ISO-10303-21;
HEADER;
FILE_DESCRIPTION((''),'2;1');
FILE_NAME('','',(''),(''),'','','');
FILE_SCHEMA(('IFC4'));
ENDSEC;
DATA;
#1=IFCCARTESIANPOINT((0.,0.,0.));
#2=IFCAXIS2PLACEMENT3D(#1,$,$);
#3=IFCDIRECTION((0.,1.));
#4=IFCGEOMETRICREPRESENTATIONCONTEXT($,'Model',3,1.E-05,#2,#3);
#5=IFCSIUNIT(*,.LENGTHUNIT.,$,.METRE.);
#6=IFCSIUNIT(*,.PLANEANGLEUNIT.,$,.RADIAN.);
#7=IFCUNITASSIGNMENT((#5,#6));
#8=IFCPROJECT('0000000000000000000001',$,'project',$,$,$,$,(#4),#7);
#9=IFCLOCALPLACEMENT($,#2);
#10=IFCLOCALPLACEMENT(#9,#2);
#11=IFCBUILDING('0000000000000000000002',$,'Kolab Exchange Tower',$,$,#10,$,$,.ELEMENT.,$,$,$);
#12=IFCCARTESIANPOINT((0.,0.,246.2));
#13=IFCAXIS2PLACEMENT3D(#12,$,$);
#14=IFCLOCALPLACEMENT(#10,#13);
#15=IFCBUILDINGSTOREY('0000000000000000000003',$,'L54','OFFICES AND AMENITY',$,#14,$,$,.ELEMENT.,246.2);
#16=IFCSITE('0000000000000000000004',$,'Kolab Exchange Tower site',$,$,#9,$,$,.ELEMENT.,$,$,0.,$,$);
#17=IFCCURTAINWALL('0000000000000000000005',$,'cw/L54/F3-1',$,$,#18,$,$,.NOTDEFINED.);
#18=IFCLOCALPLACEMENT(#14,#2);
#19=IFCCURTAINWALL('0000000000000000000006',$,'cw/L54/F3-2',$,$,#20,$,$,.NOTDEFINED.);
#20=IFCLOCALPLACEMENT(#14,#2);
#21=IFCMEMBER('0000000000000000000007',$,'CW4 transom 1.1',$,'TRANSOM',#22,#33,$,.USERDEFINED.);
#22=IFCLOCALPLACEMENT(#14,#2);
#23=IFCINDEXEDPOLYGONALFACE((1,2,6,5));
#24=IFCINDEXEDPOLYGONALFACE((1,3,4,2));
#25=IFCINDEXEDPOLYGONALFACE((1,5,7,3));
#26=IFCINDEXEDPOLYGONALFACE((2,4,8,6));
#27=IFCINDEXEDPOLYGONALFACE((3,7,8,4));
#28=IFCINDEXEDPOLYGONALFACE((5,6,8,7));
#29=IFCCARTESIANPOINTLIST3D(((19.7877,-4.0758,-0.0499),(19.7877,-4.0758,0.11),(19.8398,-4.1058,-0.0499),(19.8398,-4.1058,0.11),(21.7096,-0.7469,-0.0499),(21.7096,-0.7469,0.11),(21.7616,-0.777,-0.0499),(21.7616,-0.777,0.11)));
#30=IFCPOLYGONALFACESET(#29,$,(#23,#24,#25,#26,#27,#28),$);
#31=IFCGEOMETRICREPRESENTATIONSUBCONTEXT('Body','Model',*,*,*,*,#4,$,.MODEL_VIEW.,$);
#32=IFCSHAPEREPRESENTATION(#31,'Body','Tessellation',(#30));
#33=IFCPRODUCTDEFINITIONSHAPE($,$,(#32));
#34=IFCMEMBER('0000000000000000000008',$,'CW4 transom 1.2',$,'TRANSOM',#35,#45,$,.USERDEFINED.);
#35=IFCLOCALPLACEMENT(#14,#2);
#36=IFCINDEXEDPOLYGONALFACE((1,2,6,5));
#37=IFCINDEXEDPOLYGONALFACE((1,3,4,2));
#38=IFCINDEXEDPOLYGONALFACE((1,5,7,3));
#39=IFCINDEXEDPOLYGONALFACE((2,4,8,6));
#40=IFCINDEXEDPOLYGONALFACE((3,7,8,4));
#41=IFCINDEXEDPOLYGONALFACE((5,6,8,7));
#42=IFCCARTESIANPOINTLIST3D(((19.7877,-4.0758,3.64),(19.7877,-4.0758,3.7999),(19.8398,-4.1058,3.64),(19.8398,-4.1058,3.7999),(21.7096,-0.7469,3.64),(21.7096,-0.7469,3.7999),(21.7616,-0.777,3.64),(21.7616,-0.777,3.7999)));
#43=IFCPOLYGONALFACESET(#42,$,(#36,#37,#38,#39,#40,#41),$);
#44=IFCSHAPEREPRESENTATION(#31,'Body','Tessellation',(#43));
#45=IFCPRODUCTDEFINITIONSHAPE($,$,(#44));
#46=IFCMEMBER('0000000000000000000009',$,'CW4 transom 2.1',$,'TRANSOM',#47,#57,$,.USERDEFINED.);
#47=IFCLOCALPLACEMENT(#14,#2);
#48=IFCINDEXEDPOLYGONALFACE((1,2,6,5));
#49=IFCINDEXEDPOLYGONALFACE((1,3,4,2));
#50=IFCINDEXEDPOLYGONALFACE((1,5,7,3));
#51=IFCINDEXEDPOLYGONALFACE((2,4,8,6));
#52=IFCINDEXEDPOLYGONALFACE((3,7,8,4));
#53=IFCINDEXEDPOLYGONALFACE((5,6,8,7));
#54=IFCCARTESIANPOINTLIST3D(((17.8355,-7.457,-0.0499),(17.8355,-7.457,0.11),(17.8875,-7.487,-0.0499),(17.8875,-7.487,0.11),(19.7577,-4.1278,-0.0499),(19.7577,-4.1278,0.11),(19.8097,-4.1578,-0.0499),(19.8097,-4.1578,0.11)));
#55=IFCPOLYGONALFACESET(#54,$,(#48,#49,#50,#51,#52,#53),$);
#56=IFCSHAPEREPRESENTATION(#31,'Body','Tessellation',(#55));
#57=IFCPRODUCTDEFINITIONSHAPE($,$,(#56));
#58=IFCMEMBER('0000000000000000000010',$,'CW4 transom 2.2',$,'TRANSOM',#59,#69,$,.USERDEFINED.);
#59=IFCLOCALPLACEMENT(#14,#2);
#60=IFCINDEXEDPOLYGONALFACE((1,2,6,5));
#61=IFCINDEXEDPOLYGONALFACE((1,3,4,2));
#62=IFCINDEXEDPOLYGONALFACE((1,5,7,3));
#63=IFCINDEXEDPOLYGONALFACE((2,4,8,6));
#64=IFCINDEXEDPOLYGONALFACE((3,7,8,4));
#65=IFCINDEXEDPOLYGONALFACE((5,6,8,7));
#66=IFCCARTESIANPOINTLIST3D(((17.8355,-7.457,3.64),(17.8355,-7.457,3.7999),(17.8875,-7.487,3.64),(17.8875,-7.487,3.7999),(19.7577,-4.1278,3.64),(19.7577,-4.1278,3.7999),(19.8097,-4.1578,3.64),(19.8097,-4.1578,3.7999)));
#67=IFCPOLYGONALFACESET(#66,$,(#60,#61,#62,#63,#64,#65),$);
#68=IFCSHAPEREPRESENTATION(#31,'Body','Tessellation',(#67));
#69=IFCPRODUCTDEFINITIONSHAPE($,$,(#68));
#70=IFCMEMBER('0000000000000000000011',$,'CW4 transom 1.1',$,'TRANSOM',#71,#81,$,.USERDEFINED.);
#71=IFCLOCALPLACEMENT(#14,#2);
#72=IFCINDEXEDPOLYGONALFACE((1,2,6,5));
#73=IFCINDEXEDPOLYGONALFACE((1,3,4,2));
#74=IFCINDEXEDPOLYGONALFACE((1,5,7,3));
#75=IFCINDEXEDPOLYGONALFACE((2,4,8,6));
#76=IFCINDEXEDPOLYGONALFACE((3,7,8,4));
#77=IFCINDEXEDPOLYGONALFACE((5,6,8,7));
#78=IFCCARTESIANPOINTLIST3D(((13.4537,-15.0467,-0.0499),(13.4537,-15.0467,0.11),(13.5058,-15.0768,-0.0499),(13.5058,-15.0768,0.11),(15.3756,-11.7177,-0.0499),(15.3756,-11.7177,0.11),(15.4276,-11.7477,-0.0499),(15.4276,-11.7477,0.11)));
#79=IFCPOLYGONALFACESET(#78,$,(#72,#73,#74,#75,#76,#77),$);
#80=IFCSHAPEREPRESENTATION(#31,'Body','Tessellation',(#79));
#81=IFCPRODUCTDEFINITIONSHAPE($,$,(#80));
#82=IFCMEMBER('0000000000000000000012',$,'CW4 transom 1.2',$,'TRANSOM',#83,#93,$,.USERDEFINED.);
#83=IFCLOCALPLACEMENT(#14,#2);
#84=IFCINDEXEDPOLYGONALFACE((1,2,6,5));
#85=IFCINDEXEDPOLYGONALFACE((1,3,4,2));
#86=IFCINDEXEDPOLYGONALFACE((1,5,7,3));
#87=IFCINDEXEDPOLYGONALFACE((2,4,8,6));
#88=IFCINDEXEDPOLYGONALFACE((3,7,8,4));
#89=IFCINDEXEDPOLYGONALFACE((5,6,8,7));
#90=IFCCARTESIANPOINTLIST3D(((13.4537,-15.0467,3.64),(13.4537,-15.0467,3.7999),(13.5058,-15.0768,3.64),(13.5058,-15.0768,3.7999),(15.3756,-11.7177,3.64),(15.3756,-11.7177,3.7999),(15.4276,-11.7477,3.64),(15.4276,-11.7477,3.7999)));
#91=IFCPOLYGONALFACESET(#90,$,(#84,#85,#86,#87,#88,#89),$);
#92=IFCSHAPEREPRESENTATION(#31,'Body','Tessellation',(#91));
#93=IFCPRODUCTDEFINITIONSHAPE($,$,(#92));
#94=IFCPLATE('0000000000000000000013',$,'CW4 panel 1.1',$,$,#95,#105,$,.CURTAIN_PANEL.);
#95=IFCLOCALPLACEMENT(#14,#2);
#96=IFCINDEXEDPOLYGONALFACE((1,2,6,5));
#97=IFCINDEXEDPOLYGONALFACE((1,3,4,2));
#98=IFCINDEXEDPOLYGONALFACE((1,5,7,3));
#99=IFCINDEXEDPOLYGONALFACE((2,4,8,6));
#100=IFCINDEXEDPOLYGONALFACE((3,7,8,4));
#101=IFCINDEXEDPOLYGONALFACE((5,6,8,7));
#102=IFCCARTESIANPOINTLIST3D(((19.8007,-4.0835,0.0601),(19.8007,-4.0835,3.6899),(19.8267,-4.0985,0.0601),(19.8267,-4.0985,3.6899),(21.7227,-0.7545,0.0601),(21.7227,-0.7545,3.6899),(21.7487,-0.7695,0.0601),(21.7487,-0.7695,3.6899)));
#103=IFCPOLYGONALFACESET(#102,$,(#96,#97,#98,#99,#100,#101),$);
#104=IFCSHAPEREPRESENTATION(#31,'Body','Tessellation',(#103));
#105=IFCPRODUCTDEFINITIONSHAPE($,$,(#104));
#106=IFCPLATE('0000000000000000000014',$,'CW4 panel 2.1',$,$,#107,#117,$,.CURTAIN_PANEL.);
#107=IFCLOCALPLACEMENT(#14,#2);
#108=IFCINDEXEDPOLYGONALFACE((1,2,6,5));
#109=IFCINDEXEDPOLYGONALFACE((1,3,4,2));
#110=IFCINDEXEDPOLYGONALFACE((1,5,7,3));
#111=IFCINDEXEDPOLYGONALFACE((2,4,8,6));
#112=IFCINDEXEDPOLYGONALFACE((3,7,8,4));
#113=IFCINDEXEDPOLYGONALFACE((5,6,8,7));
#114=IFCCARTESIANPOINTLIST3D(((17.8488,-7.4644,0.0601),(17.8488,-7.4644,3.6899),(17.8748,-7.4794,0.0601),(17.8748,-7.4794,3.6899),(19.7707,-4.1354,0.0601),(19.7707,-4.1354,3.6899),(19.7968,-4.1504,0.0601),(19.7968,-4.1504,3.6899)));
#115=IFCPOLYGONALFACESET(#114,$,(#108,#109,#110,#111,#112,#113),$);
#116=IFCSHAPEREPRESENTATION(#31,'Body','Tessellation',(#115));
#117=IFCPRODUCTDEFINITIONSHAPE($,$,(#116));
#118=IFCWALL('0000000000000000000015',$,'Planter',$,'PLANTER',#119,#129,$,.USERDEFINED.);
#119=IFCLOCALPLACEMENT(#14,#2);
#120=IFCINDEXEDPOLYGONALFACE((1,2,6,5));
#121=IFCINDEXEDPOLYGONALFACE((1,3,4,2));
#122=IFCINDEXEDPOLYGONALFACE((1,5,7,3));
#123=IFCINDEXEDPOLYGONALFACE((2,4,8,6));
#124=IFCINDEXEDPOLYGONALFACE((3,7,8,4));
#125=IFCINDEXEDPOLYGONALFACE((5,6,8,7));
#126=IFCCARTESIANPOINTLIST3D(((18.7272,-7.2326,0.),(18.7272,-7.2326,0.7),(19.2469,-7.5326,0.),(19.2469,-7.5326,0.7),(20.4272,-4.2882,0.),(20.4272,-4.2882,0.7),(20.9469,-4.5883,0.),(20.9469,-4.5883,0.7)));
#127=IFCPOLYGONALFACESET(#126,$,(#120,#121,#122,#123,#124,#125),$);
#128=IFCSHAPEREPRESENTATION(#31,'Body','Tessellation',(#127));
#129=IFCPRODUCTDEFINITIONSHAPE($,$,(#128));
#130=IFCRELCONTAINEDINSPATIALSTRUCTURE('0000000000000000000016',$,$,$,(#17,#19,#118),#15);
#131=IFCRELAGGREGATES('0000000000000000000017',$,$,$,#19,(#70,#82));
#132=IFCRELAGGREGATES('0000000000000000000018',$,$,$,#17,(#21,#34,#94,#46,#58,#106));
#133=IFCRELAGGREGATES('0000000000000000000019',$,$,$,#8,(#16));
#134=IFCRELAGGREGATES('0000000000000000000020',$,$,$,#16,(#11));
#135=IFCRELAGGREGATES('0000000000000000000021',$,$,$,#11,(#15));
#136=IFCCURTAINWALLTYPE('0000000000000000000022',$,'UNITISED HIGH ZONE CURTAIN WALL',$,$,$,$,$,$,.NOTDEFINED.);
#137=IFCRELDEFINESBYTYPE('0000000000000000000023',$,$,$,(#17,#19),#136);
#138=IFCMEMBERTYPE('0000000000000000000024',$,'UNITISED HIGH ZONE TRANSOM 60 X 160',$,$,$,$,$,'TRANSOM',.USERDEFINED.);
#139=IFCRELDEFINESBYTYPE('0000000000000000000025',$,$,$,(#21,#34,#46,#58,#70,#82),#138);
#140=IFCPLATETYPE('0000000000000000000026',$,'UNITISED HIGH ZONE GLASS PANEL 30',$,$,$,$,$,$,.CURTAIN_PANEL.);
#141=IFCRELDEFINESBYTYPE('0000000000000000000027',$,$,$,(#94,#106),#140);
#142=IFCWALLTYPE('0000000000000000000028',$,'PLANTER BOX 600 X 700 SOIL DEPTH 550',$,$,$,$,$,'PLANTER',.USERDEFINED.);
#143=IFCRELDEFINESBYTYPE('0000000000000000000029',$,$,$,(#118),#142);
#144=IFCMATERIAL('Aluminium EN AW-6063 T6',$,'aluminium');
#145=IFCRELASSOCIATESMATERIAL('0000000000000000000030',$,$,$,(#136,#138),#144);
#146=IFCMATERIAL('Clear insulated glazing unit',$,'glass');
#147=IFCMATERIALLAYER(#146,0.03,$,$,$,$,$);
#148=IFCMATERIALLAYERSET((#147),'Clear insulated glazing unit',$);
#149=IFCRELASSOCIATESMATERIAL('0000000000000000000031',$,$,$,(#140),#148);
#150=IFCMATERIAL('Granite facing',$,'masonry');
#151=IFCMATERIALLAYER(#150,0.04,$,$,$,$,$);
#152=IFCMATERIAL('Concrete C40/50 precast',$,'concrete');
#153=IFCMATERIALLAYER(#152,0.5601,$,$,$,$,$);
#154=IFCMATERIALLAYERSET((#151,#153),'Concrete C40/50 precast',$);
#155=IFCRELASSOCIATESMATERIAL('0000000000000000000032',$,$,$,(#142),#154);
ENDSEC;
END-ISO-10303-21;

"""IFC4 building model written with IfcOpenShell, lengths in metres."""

from ifc_helpers import new_model, si_unit, direction, frame, frame_2d, origin, origin_2d, place, context, subcontext, project, spatial, rectangle, extrude, material, layer, layer_set, material_profile, profile_set, type_object, element, aggregate, save


model = new_model("IFC4")

# Units and contexts
model_context = context("Model", 3, precision=1e-05, world=origin(), true_north=direction((0.0, 1.0)))
body_context = subcontext(model_context, "Body", "Model", "MODEL_VIEW")
ifc_project = project(units=[si_unit("LENGTHUNIT", "METRE"), si_unit("PLANEANGLEUNIT", "RADIAN")], contexts=[model_context])

# Site, building, storey
site_placement = place(None, origin())
site = spatial("IfcSite", under=ifc_project, at=site_placement, Name="Kolab Exchange Tower site", CompositionType="ELEMENT", RefElevation=0.0)
building_placement = place(site_placement, origin())
building = spatial("IfcBuilding", under=site, at=building_placement, Name="Kolab Exchange Tower", CompositionType="ELEMENT")
storey_placement = place(building_placement, frame((0.0, 0.0, 246.2)))
storey = spatial("IfcBuildingStorey", under=building, at=storey_placement, Name="L54", Description="OFFICES AND AMENITY", CompositionType="ELEMENT", Elevation=246.2)

# Curtain wall
ifc_material_1 = material(Name="Aluminium EN AW-6063 T6", Category="aluminium")
curtain_wall_type = type_object("IfcCurtainWallType", Name="UNITISED HIGH ZONE CURTAIN WALL", PredefinedType="NOTDEFINED", material=ifc_material_1)
curtain_wall_1_placement = place(storey_placement, origin())
curtain_wall_1 = element("IfcCurtainWall", 1, at=curtain_wall_1_placement, inside=storey, type_object=curtain_wall_type, Name="cw/L54/F3-1", PredefinedType="NOTDEFINED")

# Curtain wall
curtain_wall_2_placement = place(storey_placement, origin())
curtain_wall_2 = element("IfcCurtainWall", 2, at=curtain_wall_2_placement, inside=storey, type_object=curtain_wall_type, Name="cw/L54/F3-2", PredefinedType="NOTDEFINED")

# Members
ifc_material_profile_1 = material_profile(ifc_material_1, rectangle(XDim=0.0601, YDim=0.1599, at=origin_2d()), Name="RECT 60X160")
ifc_profile_set_1 = profile_set([ifc_material_profile_1], Name="Aluminium EN AW-6063 T6")
member_type_1 = type_object("IfcMemberType", Name="UNITISED HIGH ZONE TRANSOM 60 X 160", ElementType="TRANSOM", PredefinedType="USERDEFINED", material=ifc_profile_set_1)
member_1_placement = place(storey_placement, frame((21.7356, -0.762, 0.03), z_axis=(-0.499992, -0.86603, 0.0), x_axis=(0.86603, -0.499992, 0.0)))
member_1 = element("IfcMember", 3, at=member_1_placement, type_object=member_type_1, Name="CW4 transom 1.1", ObjectType="TRANSOM", PredefinedType="USERDEFINED", context=body_context, shape_type="SweptSolid", body=[
    extrude(rectangle(XDim=0.0601, YDim=0.1599, at=origin_2d()), origin(), (0.0, 0.0, 1.0), 3.8438),
])
member_2_placement = place(storey_placement, frame((21.7356, -0.762, 3.72), z_axis=(-0.499992, -0.86603, 0.0), x_axis=(0.86603, -0.499992, 0.0)))
member_2 = element("IfcMember", 4, at=member_2_placement, type_object=member_type_1, Name="CW4 transom 1.2", ObjectType="TRANSOM", PredefinedType="USERDEFINED", context=body_context, shape_type="SweptSolid", body=[
    extrude(rectangle(XDim=0.0601, YDim=0.1599, at=origin_2d()), origin(), (0.0, 0.0, 1.0), 3.8438),
])
member_3_placement = place(storey_placement, frame((19.7837, -4.1428, 0.03), z_axis=(-0.500012, -0.866018, 0.0), x_axis=(0.866018, -0.500012, 0.0)))
member_3 = element("IfcMember", 5, at=member_3_placement, type_object=member_type_1, Name="CW4 transom 2.1", ObjectType="TRANSOM", PredefinedType="USERDEFINED", context=body_context, shape_type="SweptSolid", body=[
    extrude(rectangle(XDim=0.0601, YDim=0.1599, at=origin_2d()), origin(), (0.0, 0.0, 1.0), 3.8442),
])
member_4_placement = place(storey_placement, frame((19.7837, -4.1428, 3.72), z_axis=(-0.500012, -0.866018, 0.0), x_axis=(0.866018, -0.500012, 0.0)))
member_4 = element("IfcMember", 6, at=member_4_placement, type_object=member_type_1, Name="CW4 transom 2.2", ObjectType="TRANSOM", PredefinedType="USERDEFINED", context=body_context, shape_type="SweptSolid", body=[
    extrude(rectangle(XDim=0.0601, YDim=0.1599, at=origin_2d()), origin(), (0.0, 0.0, 1.0), 3.8442),
])
member_5_placement = place(storey_placement, frame((15.4016, -11.7327, 0.03), z_axis=(-0.499964, -0.866046, 0.0), x_axis=(0.866046, -0.499964, 0.0)))
member_5 = element("IfcMember", 7, at=member_5_placement, type_object=member_type_1, Name="CW4 transom 1.1", ObjectType="TRANSOM", PredefinedType="USERDEFINED", context=body_context, shape_type="SweptSolid", body=[
    extrude(rectangle(XDim=0.0601, YDim=0.1599, at=origin_2d()), origin(), (0.0, 0.0, 1.0), 3.844),
])
member_6_placement = place(storey_placement, frame((15.4016, -11.7327, 3.72), z_axis=(-0.499964, -0.866046, 0.0), x_axis=(0.866046, -0.499964, 0.0)))
member_6 = element("IfcMember", 8, at=member_6_placement, type_object=member_type_1, Name="CW4 transom 1.2", ObjectType="TRANSOM", PredefinedType="USERDEFINED", context=body_context, shape_type="SweptSolid", body=[
    extrude(rectangle(XDim=0.0601, YDim=0.1599, at=origin_2d()), origin(), (0.0, 0.0, 1.0), 3.844),
])
aggregate(curtain_wall_2, [member_5, member_6])

# Plates
ifc_material_2 = material(Name="Clear insulated glazing unit", Category="glass")
ifc_layer_1 = layer(ifc_material_2, 0.03)
ifc_layer_set_1 = layer_set([ifc_layer_1], Name="Clear insulated glazing unit")
plate_type = type_object("IfcPlateType", Name="UNITISED HIGH ZONE GLASS PANEL 30", PredefinedType="CURTAIN_PANEL", material=ifc_layer_set_1)
plate_1_placement = place(storey_placement, frame((20.7747, -2.4265, 0.0601), z_axis=(0.0, 0.0, 1.0), x_axis=(-0.5, -0.866025, 0.0)))
plate_1 = element("IfcPlate", 9, at=plate_1_placement, type_object=plate_type, Name="CW4 panel 1.1", PredefinedType="CURTAIN_PANEL", context=body_context, shape_type="SweptSolid", body=[
    extrude(rectangle(XDim=3.844, YDim=0.03, at=origin_2d()), origin(), (0.0, 0.0, 1.0), 3.6299),
])
plate_2_placement = place(storey_placement, frame((18.8228, -5.8074, 0.0601), z_axis=(0.0, 0.0, 1.0), x_axis=(-0.5, -0.866025, 0.0)))
plate_2 = element("IfcPlate", 10, at=plate_2_placement, type_object=plate_type, Name="CW4 panel 2.1", PredefinedType="CURTAIN_PANEL", context=body_context, shape_type="SweptSolid", body=[
    extrude(rectangle(XDim=3.844, YDim=0.03, at=origin_2d()), origin(), (0.0, 0.0, 1.0), 3.6299),
])
aggregate(curtain_wall_1, [member_1, member_2, plate_1, member_3, member_4, plate_2])

# Wall
ifc_material_3 = material(Name="Granite facing", Category="masonry")
ifc_layer_2 = layer(ifc_material_3, 0.04)
ifc_material_4 = material(Name="Concrete C40/50 precast", Category="concrete")
ifc_layer_3 = layer(ifc_material_4, 0.5601)
ifc_layer_set_2 = layer_set([ifc_layer_2, ifc_layer_3], Name="Concrete C40/50 precast")
wall_type_1 = type_object("IfcWallType", Name="PLANTER BOX 600 X 700 SOIL DEPTH 550", ElementType="PLANTER", PredefinedType="USERDEFINED", material=ifc_layer_set_2)
wall_1_placement = place(storey_placement, frame((20.687, -4.4382, 0.0), z_axis=(0.0, 0.0, 1.0), x_axis=(-0.500008, -0.866021, 0.0)))
element("IfcWall", 11, at=wall_1_placement, inside=storey, type_object=wall_type_1, Name="Planter", ObjectType="PLANTER", PredefinedType="USERDEFINED", context=body_context, shape_type="SweptSolid", body=[
    extrude(rectangle(XDim=3.3999, YDim=0.6001, at=frame_2d((1.7, 0.0))), origin(), (0.0, 0.0, 1.0), 0.7),
])

save(model, "model.ifc")
